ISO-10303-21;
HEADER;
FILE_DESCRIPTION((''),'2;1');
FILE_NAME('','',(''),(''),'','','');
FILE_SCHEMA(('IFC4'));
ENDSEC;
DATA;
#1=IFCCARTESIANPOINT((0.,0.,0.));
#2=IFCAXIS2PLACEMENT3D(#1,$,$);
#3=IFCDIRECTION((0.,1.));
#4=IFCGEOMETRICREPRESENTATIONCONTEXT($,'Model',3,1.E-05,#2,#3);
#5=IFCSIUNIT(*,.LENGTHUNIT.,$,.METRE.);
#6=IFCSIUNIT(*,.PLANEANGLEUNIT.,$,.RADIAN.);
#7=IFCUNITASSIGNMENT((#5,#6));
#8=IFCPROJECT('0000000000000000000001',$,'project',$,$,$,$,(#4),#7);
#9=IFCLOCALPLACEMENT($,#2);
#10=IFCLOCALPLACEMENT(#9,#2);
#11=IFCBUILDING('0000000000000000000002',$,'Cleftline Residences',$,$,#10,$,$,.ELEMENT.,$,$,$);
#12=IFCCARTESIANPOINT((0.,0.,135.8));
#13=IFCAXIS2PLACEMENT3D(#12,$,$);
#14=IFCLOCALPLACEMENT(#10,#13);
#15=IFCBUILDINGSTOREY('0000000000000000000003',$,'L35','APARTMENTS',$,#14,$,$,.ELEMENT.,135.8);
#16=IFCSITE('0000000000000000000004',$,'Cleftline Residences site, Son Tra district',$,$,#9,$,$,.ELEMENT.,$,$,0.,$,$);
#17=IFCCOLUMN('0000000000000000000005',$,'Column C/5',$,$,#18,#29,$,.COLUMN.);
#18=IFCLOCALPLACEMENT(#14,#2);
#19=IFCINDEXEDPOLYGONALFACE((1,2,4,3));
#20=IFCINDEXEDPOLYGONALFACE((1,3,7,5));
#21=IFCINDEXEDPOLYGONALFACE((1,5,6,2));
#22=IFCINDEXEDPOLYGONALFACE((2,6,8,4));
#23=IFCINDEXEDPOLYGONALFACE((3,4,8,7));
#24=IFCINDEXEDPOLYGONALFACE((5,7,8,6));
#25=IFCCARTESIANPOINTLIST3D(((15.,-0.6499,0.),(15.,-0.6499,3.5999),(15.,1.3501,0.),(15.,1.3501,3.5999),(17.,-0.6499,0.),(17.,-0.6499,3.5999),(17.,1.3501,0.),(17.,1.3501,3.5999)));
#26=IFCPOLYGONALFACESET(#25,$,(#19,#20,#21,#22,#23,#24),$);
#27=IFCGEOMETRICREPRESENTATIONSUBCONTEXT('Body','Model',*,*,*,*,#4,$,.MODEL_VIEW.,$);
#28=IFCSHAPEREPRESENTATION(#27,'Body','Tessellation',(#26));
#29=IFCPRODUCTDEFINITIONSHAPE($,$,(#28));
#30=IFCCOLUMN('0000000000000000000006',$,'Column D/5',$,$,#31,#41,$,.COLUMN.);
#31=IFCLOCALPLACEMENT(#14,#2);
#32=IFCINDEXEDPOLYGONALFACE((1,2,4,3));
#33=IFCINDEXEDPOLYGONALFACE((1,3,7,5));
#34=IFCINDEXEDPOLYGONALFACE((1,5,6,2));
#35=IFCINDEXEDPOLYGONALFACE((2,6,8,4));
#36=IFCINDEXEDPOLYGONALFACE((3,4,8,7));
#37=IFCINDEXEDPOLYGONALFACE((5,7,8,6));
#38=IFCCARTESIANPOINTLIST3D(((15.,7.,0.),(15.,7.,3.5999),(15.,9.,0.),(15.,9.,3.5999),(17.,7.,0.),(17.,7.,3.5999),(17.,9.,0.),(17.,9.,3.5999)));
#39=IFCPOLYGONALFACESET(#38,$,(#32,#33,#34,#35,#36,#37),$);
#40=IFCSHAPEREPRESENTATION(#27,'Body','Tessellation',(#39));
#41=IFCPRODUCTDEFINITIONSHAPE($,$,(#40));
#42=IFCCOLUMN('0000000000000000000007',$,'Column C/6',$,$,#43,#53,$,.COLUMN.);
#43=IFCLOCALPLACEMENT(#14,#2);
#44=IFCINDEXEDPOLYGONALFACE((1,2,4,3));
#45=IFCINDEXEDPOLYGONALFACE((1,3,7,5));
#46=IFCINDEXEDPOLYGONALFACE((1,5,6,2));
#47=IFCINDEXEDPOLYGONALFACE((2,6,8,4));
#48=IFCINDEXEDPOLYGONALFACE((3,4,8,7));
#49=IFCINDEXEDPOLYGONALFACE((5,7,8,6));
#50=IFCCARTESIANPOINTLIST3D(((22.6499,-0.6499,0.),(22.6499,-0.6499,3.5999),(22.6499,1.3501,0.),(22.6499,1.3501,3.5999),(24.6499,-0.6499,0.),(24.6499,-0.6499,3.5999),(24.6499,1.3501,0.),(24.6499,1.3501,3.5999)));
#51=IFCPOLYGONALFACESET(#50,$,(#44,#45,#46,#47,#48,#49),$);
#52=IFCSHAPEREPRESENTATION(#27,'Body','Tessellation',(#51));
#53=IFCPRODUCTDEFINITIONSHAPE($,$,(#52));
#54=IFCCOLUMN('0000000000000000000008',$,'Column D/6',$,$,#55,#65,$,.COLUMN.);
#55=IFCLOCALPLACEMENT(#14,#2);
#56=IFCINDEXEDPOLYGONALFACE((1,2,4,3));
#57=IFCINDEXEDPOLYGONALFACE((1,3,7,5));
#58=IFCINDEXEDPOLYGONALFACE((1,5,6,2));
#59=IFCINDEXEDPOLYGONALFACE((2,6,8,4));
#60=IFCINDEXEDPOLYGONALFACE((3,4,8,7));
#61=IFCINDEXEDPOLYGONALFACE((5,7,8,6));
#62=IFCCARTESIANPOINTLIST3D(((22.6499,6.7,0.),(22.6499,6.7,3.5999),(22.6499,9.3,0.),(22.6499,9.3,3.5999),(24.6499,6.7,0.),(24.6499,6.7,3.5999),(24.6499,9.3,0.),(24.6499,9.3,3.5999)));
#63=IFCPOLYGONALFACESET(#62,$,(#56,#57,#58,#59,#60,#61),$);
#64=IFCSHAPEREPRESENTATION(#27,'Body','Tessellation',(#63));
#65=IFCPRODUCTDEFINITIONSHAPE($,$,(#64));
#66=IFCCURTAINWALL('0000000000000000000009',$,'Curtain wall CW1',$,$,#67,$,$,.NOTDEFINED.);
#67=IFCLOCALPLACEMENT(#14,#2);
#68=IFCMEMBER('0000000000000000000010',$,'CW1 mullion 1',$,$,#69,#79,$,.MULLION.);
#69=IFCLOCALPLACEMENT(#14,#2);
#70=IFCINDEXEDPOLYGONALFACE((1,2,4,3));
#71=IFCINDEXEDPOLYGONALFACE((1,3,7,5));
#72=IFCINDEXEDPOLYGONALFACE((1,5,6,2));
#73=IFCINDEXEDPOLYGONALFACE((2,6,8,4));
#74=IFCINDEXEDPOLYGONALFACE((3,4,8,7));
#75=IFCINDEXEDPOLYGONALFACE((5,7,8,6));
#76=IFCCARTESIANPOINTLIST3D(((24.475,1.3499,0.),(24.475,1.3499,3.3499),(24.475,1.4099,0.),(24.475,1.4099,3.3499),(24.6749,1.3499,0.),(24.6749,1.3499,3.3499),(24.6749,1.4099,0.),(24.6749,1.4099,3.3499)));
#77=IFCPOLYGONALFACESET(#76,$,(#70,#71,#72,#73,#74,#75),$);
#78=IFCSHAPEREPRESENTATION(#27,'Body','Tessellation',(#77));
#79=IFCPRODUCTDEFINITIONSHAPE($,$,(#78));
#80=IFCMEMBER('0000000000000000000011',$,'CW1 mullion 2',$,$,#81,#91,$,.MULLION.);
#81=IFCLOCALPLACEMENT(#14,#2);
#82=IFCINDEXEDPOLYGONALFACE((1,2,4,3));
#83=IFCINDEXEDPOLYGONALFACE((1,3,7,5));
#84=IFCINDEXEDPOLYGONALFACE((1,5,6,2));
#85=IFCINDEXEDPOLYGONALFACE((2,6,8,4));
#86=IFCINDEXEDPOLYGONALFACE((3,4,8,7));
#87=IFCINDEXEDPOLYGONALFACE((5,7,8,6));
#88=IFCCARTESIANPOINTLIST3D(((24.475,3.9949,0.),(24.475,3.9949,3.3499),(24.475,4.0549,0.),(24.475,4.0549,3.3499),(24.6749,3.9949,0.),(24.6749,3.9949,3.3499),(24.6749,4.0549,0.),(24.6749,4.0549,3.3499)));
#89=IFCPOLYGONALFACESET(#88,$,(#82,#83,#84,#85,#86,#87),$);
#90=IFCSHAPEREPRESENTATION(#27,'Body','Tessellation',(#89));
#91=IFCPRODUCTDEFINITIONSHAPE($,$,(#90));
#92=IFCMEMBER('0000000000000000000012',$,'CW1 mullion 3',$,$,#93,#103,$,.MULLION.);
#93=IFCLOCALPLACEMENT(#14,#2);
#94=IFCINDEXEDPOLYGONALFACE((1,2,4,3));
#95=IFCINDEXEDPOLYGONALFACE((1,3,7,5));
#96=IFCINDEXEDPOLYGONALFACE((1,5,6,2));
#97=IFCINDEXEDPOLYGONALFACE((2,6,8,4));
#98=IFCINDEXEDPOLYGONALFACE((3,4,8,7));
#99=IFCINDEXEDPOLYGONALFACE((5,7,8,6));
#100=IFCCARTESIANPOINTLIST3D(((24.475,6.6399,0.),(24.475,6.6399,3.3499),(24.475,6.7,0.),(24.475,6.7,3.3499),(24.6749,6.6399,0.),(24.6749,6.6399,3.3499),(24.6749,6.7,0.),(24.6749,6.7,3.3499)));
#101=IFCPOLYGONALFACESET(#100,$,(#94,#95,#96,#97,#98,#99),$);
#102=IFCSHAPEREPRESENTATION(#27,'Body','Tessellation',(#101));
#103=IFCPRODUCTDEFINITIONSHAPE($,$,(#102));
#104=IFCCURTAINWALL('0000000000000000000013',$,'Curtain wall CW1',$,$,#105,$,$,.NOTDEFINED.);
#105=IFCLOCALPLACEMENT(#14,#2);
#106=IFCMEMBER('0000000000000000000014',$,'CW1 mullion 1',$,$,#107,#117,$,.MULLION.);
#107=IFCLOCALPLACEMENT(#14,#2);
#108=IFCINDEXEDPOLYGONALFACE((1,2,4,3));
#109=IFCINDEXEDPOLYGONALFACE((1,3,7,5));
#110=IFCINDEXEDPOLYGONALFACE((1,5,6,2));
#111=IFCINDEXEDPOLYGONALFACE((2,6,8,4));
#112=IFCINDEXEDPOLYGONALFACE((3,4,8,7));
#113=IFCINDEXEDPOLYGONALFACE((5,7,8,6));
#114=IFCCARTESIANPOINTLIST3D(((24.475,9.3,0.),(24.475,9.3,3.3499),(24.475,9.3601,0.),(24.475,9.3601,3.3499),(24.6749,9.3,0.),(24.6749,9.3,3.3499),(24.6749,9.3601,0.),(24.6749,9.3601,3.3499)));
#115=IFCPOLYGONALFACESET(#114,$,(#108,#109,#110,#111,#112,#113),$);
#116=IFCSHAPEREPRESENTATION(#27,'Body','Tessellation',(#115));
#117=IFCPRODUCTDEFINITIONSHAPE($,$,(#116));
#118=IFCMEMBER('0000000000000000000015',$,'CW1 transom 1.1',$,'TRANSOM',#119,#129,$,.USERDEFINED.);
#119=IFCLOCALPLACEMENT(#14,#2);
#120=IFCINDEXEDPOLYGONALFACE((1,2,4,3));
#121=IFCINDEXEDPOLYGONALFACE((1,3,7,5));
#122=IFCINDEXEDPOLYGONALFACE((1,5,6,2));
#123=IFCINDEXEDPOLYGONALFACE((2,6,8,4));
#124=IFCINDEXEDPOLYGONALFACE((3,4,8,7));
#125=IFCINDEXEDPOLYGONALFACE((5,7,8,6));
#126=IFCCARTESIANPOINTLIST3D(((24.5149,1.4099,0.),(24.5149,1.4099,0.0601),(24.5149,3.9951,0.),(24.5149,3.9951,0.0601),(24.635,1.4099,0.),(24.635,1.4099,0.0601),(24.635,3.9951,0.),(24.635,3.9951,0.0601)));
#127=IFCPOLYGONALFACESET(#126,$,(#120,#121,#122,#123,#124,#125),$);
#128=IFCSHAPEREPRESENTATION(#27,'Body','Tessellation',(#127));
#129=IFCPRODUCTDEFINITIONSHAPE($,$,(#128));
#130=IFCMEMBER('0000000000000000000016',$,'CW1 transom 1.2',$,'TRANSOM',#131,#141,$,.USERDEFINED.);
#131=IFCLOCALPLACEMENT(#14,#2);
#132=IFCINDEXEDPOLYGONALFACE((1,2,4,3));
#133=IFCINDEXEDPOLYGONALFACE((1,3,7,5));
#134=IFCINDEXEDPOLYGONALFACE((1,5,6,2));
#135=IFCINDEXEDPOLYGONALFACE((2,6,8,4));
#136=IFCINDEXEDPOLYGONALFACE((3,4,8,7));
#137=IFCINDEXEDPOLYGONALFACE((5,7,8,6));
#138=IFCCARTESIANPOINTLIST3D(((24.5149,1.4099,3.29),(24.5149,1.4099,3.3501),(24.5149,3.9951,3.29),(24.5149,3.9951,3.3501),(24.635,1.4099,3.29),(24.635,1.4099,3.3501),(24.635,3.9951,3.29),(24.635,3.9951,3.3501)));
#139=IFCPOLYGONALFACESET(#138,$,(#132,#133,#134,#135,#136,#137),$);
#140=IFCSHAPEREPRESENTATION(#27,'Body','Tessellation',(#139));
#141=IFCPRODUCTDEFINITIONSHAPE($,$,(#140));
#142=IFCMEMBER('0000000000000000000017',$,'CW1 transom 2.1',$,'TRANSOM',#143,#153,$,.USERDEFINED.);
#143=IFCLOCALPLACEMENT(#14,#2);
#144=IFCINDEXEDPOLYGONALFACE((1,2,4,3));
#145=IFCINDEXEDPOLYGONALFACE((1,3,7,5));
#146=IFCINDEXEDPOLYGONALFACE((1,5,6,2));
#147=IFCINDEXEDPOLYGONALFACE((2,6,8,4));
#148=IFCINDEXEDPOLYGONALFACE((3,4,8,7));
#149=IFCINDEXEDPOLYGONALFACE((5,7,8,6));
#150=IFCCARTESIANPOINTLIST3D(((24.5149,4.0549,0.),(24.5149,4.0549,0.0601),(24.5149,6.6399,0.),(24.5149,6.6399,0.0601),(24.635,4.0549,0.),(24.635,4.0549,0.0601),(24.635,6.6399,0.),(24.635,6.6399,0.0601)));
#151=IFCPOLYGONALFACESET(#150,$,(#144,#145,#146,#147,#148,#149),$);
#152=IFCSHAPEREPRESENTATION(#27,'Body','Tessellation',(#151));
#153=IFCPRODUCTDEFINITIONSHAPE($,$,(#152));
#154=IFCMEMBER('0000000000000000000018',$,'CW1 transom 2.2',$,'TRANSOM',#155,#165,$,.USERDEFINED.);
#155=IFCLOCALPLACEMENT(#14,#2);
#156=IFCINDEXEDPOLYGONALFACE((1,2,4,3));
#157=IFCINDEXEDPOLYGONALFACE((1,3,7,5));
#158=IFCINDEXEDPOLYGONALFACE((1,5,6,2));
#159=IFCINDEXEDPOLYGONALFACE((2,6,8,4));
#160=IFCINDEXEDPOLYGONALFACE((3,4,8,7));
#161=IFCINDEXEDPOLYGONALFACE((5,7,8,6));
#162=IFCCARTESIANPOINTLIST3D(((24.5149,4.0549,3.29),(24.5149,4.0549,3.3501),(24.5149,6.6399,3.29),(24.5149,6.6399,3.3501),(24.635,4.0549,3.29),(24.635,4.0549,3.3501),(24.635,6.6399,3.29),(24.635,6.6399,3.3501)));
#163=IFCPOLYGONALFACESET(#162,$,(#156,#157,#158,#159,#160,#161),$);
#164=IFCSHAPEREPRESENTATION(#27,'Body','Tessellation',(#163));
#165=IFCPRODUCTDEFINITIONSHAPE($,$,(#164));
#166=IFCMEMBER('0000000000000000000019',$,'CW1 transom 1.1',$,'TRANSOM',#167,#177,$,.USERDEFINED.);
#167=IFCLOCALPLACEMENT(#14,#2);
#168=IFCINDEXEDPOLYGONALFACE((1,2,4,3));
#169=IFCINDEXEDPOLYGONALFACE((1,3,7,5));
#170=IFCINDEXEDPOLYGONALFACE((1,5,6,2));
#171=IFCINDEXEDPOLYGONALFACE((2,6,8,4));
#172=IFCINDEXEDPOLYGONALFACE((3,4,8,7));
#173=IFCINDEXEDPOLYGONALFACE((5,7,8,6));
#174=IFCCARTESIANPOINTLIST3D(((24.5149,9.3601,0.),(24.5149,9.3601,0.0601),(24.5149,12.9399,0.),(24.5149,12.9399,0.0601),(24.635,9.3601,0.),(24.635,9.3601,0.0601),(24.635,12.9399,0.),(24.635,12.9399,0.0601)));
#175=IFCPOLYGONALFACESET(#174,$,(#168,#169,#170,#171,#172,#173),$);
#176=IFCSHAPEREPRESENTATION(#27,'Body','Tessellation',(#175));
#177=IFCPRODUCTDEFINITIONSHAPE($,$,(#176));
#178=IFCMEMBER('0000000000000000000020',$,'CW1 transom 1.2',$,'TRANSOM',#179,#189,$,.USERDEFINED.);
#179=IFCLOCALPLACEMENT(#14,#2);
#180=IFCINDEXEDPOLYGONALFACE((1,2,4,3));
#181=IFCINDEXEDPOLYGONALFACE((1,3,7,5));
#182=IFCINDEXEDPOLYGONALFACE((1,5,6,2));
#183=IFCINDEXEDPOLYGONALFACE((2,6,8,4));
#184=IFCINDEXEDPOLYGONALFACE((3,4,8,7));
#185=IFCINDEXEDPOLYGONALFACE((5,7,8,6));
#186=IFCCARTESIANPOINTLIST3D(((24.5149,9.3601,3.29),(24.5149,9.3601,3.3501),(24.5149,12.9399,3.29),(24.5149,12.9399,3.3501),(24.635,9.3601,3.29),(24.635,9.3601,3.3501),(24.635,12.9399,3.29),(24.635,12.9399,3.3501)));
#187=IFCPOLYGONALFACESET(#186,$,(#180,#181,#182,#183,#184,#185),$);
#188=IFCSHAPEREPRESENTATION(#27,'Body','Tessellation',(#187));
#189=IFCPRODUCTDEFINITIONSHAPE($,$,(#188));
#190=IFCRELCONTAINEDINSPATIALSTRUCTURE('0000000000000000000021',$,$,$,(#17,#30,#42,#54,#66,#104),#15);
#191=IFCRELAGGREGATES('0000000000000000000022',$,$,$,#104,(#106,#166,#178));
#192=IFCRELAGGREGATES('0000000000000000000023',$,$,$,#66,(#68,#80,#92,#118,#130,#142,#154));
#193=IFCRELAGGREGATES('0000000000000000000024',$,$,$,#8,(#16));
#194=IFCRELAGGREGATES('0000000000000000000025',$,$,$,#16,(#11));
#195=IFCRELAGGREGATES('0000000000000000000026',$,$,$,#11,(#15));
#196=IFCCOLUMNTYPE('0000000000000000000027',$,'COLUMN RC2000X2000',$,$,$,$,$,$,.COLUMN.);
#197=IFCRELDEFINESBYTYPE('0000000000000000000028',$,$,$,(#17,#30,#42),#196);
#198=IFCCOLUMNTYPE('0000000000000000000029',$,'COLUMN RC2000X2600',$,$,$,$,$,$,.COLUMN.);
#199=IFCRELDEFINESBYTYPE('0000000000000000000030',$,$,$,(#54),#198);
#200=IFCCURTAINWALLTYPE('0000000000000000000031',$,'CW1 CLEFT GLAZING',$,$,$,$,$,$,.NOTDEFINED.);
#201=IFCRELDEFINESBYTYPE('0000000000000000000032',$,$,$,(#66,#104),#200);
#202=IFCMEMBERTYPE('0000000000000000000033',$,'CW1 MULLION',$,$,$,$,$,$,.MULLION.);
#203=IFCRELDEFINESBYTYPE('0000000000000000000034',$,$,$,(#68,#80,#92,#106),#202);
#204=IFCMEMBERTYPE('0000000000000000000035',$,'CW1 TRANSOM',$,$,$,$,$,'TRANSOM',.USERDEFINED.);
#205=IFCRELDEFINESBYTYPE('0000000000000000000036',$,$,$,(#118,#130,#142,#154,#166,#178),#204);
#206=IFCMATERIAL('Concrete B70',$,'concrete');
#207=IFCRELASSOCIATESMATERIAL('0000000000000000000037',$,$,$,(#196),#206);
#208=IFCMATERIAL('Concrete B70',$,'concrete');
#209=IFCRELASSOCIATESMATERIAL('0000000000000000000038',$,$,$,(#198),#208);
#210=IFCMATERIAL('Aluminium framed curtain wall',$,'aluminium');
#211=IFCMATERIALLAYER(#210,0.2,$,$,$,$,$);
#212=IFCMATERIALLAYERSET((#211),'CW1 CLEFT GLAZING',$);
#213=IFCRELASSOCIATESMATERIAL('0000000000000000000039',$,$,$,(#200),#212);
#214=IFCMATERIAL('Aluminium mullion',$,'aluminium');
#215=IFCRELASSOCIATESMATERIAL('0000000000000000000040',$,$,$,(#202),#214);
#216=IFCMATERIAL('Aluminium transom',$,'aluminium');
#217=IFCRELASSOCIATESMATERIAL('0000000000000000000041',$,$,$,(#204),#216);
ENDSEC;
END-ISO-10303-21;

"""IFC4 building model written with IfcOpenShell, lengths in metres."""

from ifc_helpers import new_model, si_unit, direction, frame, origin, origin_2d, place, context, subcontext, project, spatial, rectangle, extrude, material, layer, layer_set, material_profile, profile_set, type_object, element, aggregate, save


model = new_model("IFC4")

# Units and contexts
model_context = context("Model", 3, precision=1e-05, world=origin(), true_north=direction((0.0, 1.0)))
body_context = subcontext(model_context, "Body", "Model", "MODEL_VIEW")
ifc_project = project(units=[si_unit("LENGTHUNIT", "METRE"), si_unit("PLANEANGLEUNIT", "RADIAN")], contexts=[model_context])

# Site, building, storey
site_placement = place(None, origin())
site = spatial("IfcSite", under=ifc_project, at=site_placement, Name="Cleftline Residences site, Son Tra district", CompositionType="ELEMENT", RefElevation=0.0)
building_placement = place(site_placement, origin())
building = spatial("IfcBuilding", under=site, at=building_placement, Name="Cleftline Residences", CompositionType="ELEMENT")
storey_placement = place(building_placement, frame((0.0, 0.0, 135.8)))
storey = spatial("IfcBuildingStorey", under=building, at=storey_placement, Name="L35", Description="APARTMENTS", CompositionType="ELEMENT", Elevation=135.8)

# Columns
ifc_material_1 = material(Name="Concrete B70", Category="concrete")
ifc_material_profile_1 = material_profile(ifc_material_1, rectangle(XDim=2.0, YDim=2.0, at=origin_2d()))
ifc_profile_set_1 = profile_set([ifc_material_profile_1], Name="Concrete B70")
column_type_1 = type_object("IfcColumnType", Name="COLUMN RC2000X2000", PredefinedType="COLUMN", material=ifc_profile_set_1)
for number, where, z_axis, x_axis, name in (
    (1, (16.0, 0.3501, 0.0), (0.0, 0.0, 1.0), (1.0, 0.0, 0.0), "Column C/5"),
    (2, (16.0, 8.0, 0.0), (0.0, 0.0, 1.0), (1.0, 0.0, 0.0), "Column D/5"),
    (3, (23.6499, 0.3501, 0.0), (0.0, 0.0, 1.0), (1.0, 0.0, 0.0), "Column C/6"),
):
    element("IfcColumn", number, at=place(storey_placement, frame(where, z_axis=z_axis, x_axis=x_axis)), inside=storey, type_object=column_type_1, Name=name, PredefinedType="COLUMN", context=body_context, shape_type="SweptSolid", body=[
        extrude(rectangle(XDim=2.0, YDim=2.0, at=origin_2d()), origin(), (0.0, 0.0, 1.0), 3.5999),
    ])
ifc_material_2 = material(Name="Concrete B70", Category="concrete")
ifc_material_profile_2 = material_profile(ifc_material_2, rectangle(XDim=2.0, YDim=2.6001, at=origin_2d()))
ifc_profile_set_2 = profile_set([ifc_material_profile_2], Name="Concrete B70")
column_type_2 = type_object("IfcColumnType", Name="COLUMN RC2000X2600", PredefinedType="COLUMN", material=ifc_profile_set_2)
column_placement = place(storey_placement, frame((23.6499, 8.0, 0.0), z_axis=(0.0, 0.0, 1.0), x_axis=(1.0, 0.0, 0.0)))
element("IfcColumn", 4, at=column_placement, inside=storey, type_object=column_type_2, Name="Column D/6", PredefinedType="COLUMN", context=body_context, shape_type="SweptSolid", body=[
    extrude(rectangle(XDim=2.0, YDim=2.6001, at=origin_2d()), origin(), (0.0, 0.0, 1.0), 3.5999),
])

# Curtain wall, members
ifc_material_3 = material(Name="Aluminium framed curtain wall", Category="aluminium")
ifc_layer_1 = layer(ifc_material_3, 0.2)
ifc_layer_set_1 = layer_set([ifc_layer_1], Name="CW1 CLEFT GLAZING")
curtain_wall_type = type_object("IfcCurtainWallType", Name="CW1 CLEFT GLAZING", PredefinedType="NOTDEFINED", material=ifc_layer_set_1)
curtain_wall_1_placement = place(storey_placement, origin())
curtain_wall_1 = element("IfcCurtainWall", 5, at=curtain_wall_1_placement, inside=storey, type_object=curtain_wall_type, Name="Curtain wall CW1", PredefinedType="NOTDEFINED")
ifc_material_4 = material(Name="Aluminium mullion", Category="aluminium")
ifc_material_profile_3 = material_profile(ifc_material_4, rectangle(XDim=0.2, YDim=0.0601, at=origin_2d()))
ifc_profile_set_3 = profile_set([ifc_material_profile_3], Name="Aluminium mullion")
member_type_1 = type_object("IfcMemberType", Name="CW1 MULLION", PredefinedType="MULLION", material=ifc_profile_set_3)
member_1_placement = place(storey_placement, frame((24.575, 1.3799, 0.0), z_axis=(0.0, 0.0, 1.0), x_axis=(-1.0, 0.0, 0.0)))
member_1 = element("IfcMember", 6, at=member_1_placement, type_object=member_type_1, Name="CW1 mullion 1", PredefinedType="MULLION", context=body_context, shape_type="SweptSolid", body=[
    extrude(rectangle(XDim=0.2, YDim=0.0601, at=origin_2d()), origin(), (0.0, 0.0, 1.0), 3.3499),
])
member_2_placement = place(storey_placement, frame((24.575, 4.0249, 0.0), z_axis=(0.0, 0.0, 1.0), x_axis=(-1.0, 0.0, 0.0)))
member_2 = element("IfcMember", 7, at=member_2_placement, type_object=member_type_1, Name="CW1 mullion 2", PredefinedType="MULLION", context=body_context, shape_type="SweptSolid", body=[
    extrude(rectangle(XDim=0.2, YDim=0.0601, at=origin_2d()), origin(), (0.0, 0.0, 1.0), 3.3499),
])
member_3_placement = place(storey_placement, frame((24.575, 6.6699, 0.0), z_axis=(0.0, 0.0, 1.0), x_axis=(-1.0, 0.0, 0.0)))
member_3 = element("IfcMember", 8, at=member_3_placement, type_object=member_type_1, Name="CW1 mullion 3", PredefinedType="MULLION", context=body_context, shape_type="SweptSolid", body=[
    extrude(rectangle(XDim=0.2, YDim=0.0601, at=origin_2d()), origin(), (0.0, 0.0, 1.0), 3.3499),
])

# Curtain wall, member
curtain_wall_2_placement = place(storey_placement, origin())
curtain_wall_2 = element("IfcCurtainWall", 9, at=curtain_wall_2_placement, inside=storey, type_object=curtain_wall_type, Name="Curtain wall CW1", PredefinedType="NOTDEFINED")
member_4_placement = place(storey_placement, frame((24.575, 9.3301, 0.0), z_axis=(0.0, 0.0, 1.0), x_axis=(-1.0, 0.0, 0.0)))
member_4 = element("IfcMember", 10, at=member_4_placement, type_object=member_type_1, Name="CW1 mullion 1", PredefinedType="MULLION", context=body_context, shape_type="SweptSolid", body=[
    extrude(rectangle(XDim=0.2, YDim=0.0601, at=origin_2d()), origin(), (0.0, 0.0, 1.0), 3.3499),
])

# Members
ifc_material_5 = material(Name="Aluminium transom", Category="aluminium")
ifc_material_profile_4 = material_profile(ifc_material_5, rectangle(XDim=0.1201, YDim=0.0601, at=origin_2d()))
ifc_profile_set_4 = profile_set([ifc_material_profile_4], Name="Aluminium transom")
member_type_2 = type_object("IfcMemberType", Name="CW1 TRANSOM", ElementType="TRANSOM", PredefinedType="USERDEFINED", material=ifc_profile_set_4)
member_5_placement = place(storey_placement, frame((24.575, 1.4099, 0.03), z_axis=(0.0, 1.0, 0.0), x_axis=(-1.0, 0.0, 0.0)))
member_5 = element("IfcMember", 11, at=member_5_placement, type_object=member_type_2, Name="CW1 transom 1.1", ObjectType="TRANSOM", PredefinedType="USERDEFINED", context=body_context, shape_type="SweptSolid", body=[
    extrude(rectangle(XDim=0.1201, YDim=0.0601, at=origin_2d()), origin(), (0.0, 0.0, 1.0), 2.5852),
])
member_6_placement = place(storey_placement, frame((24.575, 1.4099, 3.3201), z_axis=(0.0, 1.0, 0.0), x_axis=(-1.0, 0.0, 0.0)))
member_6 = element("IfcMember", 12, at=member_6_placement, type_object=member_type_2, Name="CW1 transom 1.2", ObjectType="TRANSOM", PredefinedType="USERDEFINED", context=body_context, shape_type="SweptSolid", body=[
    extrude(rectangle(XDim=0.1201, YDim=0.0601, at=origin_2d()), origin(), (0.0, 0.0, 1.0), 2.5852),
])
member_7_placement = place(storey_placement, frame((24.575, 4.0549, 0.03), z_axis=(0.0, 1.0, 0.0), x_axis=(-1.0, 0.0, 0.0)))
member_7 = element("IfcMember", 13, at=member_7_placement, type_object=member_type_2, Name="CW1 transom 2.1", ObjectType="TRANSOM", PredefinedType="USERDEFINED", context=body_context, shape_type="SweptSolid", body=[
    extrude(rectangle(XDim=0.1201, YDim=0.0601, at=origin_2d()), origin(), (0.0, 0.0, 1.0), 2.585),
])
member_8_placement = place(storey_placement, frame((24.575, 4.0549, 3.3201), z_axis=(0.0, 1.0, 0.0), x_axis=(-1.0, 0.0, 0.0)))
member_8 = element("IfcMember", 14, at=member_8_placement, type_object=member_type_2, Name="CW1 transom 2.2", ObjectType="TRANSOM", PredefinedType="USERDEFINED", context=body_context, shape_type="SweptSolid", body=[
    extrude(rectangle(XDim=0.1201, YDim=0.0601, at=origin_2d()), origin(), (0.0, 0.0, 1.0), 2.585),
])
member_9_placement = place(storey_placement, frame((24.575, 9.3601, 0.03), z_axis=(0.0, 1.0, 0.0), x_axis=(-1.0, 0.0, 0.0)))
member_9 = element("IfcMember", 15, at=member_9_placement, type_object=member_type_2, Name="CW1 transom 1.1", ObjectType="TRANSOM", PredefinedType="USERDEFINED", context=body_context, shape_type="SweptSolid", body=[
    extrude(rectangle(XDim=0.1201, YDim=0.0601, at=origin_2d()), origin(), (0.0, 0.0, 1.0), 3.5798),
])
member_10_placement = place(storey_placement, frame((24.575, 9.3601, 3.3201), z_axis=(0.0, 1.0, 0.0), x_axis=(-1.0, 0.0, 0.0)))
member_10 = element("IfcMember", 16, at=member_10_placement, type_object=member_type_2, Name="CW1 transom 1.2", ObjectType="TRANSOM", PredefinedType="USERDEFINED", context=body_context, shape_type="SweptSolid", body=[
    extrude(rectangle(XDim=0.1201, YDim=0.0601, at=origin_2d()), origin(), (0.0, 0.0, 1.0), 3.5798),
])
aggregate(curtain_wall_2, [member_4, member_9, member_10])

aggregate(curtain_wall_1, [member_1, member_2, member_3, member_5, member_6, member_7, member_8])

save(model, "model.ifc")
